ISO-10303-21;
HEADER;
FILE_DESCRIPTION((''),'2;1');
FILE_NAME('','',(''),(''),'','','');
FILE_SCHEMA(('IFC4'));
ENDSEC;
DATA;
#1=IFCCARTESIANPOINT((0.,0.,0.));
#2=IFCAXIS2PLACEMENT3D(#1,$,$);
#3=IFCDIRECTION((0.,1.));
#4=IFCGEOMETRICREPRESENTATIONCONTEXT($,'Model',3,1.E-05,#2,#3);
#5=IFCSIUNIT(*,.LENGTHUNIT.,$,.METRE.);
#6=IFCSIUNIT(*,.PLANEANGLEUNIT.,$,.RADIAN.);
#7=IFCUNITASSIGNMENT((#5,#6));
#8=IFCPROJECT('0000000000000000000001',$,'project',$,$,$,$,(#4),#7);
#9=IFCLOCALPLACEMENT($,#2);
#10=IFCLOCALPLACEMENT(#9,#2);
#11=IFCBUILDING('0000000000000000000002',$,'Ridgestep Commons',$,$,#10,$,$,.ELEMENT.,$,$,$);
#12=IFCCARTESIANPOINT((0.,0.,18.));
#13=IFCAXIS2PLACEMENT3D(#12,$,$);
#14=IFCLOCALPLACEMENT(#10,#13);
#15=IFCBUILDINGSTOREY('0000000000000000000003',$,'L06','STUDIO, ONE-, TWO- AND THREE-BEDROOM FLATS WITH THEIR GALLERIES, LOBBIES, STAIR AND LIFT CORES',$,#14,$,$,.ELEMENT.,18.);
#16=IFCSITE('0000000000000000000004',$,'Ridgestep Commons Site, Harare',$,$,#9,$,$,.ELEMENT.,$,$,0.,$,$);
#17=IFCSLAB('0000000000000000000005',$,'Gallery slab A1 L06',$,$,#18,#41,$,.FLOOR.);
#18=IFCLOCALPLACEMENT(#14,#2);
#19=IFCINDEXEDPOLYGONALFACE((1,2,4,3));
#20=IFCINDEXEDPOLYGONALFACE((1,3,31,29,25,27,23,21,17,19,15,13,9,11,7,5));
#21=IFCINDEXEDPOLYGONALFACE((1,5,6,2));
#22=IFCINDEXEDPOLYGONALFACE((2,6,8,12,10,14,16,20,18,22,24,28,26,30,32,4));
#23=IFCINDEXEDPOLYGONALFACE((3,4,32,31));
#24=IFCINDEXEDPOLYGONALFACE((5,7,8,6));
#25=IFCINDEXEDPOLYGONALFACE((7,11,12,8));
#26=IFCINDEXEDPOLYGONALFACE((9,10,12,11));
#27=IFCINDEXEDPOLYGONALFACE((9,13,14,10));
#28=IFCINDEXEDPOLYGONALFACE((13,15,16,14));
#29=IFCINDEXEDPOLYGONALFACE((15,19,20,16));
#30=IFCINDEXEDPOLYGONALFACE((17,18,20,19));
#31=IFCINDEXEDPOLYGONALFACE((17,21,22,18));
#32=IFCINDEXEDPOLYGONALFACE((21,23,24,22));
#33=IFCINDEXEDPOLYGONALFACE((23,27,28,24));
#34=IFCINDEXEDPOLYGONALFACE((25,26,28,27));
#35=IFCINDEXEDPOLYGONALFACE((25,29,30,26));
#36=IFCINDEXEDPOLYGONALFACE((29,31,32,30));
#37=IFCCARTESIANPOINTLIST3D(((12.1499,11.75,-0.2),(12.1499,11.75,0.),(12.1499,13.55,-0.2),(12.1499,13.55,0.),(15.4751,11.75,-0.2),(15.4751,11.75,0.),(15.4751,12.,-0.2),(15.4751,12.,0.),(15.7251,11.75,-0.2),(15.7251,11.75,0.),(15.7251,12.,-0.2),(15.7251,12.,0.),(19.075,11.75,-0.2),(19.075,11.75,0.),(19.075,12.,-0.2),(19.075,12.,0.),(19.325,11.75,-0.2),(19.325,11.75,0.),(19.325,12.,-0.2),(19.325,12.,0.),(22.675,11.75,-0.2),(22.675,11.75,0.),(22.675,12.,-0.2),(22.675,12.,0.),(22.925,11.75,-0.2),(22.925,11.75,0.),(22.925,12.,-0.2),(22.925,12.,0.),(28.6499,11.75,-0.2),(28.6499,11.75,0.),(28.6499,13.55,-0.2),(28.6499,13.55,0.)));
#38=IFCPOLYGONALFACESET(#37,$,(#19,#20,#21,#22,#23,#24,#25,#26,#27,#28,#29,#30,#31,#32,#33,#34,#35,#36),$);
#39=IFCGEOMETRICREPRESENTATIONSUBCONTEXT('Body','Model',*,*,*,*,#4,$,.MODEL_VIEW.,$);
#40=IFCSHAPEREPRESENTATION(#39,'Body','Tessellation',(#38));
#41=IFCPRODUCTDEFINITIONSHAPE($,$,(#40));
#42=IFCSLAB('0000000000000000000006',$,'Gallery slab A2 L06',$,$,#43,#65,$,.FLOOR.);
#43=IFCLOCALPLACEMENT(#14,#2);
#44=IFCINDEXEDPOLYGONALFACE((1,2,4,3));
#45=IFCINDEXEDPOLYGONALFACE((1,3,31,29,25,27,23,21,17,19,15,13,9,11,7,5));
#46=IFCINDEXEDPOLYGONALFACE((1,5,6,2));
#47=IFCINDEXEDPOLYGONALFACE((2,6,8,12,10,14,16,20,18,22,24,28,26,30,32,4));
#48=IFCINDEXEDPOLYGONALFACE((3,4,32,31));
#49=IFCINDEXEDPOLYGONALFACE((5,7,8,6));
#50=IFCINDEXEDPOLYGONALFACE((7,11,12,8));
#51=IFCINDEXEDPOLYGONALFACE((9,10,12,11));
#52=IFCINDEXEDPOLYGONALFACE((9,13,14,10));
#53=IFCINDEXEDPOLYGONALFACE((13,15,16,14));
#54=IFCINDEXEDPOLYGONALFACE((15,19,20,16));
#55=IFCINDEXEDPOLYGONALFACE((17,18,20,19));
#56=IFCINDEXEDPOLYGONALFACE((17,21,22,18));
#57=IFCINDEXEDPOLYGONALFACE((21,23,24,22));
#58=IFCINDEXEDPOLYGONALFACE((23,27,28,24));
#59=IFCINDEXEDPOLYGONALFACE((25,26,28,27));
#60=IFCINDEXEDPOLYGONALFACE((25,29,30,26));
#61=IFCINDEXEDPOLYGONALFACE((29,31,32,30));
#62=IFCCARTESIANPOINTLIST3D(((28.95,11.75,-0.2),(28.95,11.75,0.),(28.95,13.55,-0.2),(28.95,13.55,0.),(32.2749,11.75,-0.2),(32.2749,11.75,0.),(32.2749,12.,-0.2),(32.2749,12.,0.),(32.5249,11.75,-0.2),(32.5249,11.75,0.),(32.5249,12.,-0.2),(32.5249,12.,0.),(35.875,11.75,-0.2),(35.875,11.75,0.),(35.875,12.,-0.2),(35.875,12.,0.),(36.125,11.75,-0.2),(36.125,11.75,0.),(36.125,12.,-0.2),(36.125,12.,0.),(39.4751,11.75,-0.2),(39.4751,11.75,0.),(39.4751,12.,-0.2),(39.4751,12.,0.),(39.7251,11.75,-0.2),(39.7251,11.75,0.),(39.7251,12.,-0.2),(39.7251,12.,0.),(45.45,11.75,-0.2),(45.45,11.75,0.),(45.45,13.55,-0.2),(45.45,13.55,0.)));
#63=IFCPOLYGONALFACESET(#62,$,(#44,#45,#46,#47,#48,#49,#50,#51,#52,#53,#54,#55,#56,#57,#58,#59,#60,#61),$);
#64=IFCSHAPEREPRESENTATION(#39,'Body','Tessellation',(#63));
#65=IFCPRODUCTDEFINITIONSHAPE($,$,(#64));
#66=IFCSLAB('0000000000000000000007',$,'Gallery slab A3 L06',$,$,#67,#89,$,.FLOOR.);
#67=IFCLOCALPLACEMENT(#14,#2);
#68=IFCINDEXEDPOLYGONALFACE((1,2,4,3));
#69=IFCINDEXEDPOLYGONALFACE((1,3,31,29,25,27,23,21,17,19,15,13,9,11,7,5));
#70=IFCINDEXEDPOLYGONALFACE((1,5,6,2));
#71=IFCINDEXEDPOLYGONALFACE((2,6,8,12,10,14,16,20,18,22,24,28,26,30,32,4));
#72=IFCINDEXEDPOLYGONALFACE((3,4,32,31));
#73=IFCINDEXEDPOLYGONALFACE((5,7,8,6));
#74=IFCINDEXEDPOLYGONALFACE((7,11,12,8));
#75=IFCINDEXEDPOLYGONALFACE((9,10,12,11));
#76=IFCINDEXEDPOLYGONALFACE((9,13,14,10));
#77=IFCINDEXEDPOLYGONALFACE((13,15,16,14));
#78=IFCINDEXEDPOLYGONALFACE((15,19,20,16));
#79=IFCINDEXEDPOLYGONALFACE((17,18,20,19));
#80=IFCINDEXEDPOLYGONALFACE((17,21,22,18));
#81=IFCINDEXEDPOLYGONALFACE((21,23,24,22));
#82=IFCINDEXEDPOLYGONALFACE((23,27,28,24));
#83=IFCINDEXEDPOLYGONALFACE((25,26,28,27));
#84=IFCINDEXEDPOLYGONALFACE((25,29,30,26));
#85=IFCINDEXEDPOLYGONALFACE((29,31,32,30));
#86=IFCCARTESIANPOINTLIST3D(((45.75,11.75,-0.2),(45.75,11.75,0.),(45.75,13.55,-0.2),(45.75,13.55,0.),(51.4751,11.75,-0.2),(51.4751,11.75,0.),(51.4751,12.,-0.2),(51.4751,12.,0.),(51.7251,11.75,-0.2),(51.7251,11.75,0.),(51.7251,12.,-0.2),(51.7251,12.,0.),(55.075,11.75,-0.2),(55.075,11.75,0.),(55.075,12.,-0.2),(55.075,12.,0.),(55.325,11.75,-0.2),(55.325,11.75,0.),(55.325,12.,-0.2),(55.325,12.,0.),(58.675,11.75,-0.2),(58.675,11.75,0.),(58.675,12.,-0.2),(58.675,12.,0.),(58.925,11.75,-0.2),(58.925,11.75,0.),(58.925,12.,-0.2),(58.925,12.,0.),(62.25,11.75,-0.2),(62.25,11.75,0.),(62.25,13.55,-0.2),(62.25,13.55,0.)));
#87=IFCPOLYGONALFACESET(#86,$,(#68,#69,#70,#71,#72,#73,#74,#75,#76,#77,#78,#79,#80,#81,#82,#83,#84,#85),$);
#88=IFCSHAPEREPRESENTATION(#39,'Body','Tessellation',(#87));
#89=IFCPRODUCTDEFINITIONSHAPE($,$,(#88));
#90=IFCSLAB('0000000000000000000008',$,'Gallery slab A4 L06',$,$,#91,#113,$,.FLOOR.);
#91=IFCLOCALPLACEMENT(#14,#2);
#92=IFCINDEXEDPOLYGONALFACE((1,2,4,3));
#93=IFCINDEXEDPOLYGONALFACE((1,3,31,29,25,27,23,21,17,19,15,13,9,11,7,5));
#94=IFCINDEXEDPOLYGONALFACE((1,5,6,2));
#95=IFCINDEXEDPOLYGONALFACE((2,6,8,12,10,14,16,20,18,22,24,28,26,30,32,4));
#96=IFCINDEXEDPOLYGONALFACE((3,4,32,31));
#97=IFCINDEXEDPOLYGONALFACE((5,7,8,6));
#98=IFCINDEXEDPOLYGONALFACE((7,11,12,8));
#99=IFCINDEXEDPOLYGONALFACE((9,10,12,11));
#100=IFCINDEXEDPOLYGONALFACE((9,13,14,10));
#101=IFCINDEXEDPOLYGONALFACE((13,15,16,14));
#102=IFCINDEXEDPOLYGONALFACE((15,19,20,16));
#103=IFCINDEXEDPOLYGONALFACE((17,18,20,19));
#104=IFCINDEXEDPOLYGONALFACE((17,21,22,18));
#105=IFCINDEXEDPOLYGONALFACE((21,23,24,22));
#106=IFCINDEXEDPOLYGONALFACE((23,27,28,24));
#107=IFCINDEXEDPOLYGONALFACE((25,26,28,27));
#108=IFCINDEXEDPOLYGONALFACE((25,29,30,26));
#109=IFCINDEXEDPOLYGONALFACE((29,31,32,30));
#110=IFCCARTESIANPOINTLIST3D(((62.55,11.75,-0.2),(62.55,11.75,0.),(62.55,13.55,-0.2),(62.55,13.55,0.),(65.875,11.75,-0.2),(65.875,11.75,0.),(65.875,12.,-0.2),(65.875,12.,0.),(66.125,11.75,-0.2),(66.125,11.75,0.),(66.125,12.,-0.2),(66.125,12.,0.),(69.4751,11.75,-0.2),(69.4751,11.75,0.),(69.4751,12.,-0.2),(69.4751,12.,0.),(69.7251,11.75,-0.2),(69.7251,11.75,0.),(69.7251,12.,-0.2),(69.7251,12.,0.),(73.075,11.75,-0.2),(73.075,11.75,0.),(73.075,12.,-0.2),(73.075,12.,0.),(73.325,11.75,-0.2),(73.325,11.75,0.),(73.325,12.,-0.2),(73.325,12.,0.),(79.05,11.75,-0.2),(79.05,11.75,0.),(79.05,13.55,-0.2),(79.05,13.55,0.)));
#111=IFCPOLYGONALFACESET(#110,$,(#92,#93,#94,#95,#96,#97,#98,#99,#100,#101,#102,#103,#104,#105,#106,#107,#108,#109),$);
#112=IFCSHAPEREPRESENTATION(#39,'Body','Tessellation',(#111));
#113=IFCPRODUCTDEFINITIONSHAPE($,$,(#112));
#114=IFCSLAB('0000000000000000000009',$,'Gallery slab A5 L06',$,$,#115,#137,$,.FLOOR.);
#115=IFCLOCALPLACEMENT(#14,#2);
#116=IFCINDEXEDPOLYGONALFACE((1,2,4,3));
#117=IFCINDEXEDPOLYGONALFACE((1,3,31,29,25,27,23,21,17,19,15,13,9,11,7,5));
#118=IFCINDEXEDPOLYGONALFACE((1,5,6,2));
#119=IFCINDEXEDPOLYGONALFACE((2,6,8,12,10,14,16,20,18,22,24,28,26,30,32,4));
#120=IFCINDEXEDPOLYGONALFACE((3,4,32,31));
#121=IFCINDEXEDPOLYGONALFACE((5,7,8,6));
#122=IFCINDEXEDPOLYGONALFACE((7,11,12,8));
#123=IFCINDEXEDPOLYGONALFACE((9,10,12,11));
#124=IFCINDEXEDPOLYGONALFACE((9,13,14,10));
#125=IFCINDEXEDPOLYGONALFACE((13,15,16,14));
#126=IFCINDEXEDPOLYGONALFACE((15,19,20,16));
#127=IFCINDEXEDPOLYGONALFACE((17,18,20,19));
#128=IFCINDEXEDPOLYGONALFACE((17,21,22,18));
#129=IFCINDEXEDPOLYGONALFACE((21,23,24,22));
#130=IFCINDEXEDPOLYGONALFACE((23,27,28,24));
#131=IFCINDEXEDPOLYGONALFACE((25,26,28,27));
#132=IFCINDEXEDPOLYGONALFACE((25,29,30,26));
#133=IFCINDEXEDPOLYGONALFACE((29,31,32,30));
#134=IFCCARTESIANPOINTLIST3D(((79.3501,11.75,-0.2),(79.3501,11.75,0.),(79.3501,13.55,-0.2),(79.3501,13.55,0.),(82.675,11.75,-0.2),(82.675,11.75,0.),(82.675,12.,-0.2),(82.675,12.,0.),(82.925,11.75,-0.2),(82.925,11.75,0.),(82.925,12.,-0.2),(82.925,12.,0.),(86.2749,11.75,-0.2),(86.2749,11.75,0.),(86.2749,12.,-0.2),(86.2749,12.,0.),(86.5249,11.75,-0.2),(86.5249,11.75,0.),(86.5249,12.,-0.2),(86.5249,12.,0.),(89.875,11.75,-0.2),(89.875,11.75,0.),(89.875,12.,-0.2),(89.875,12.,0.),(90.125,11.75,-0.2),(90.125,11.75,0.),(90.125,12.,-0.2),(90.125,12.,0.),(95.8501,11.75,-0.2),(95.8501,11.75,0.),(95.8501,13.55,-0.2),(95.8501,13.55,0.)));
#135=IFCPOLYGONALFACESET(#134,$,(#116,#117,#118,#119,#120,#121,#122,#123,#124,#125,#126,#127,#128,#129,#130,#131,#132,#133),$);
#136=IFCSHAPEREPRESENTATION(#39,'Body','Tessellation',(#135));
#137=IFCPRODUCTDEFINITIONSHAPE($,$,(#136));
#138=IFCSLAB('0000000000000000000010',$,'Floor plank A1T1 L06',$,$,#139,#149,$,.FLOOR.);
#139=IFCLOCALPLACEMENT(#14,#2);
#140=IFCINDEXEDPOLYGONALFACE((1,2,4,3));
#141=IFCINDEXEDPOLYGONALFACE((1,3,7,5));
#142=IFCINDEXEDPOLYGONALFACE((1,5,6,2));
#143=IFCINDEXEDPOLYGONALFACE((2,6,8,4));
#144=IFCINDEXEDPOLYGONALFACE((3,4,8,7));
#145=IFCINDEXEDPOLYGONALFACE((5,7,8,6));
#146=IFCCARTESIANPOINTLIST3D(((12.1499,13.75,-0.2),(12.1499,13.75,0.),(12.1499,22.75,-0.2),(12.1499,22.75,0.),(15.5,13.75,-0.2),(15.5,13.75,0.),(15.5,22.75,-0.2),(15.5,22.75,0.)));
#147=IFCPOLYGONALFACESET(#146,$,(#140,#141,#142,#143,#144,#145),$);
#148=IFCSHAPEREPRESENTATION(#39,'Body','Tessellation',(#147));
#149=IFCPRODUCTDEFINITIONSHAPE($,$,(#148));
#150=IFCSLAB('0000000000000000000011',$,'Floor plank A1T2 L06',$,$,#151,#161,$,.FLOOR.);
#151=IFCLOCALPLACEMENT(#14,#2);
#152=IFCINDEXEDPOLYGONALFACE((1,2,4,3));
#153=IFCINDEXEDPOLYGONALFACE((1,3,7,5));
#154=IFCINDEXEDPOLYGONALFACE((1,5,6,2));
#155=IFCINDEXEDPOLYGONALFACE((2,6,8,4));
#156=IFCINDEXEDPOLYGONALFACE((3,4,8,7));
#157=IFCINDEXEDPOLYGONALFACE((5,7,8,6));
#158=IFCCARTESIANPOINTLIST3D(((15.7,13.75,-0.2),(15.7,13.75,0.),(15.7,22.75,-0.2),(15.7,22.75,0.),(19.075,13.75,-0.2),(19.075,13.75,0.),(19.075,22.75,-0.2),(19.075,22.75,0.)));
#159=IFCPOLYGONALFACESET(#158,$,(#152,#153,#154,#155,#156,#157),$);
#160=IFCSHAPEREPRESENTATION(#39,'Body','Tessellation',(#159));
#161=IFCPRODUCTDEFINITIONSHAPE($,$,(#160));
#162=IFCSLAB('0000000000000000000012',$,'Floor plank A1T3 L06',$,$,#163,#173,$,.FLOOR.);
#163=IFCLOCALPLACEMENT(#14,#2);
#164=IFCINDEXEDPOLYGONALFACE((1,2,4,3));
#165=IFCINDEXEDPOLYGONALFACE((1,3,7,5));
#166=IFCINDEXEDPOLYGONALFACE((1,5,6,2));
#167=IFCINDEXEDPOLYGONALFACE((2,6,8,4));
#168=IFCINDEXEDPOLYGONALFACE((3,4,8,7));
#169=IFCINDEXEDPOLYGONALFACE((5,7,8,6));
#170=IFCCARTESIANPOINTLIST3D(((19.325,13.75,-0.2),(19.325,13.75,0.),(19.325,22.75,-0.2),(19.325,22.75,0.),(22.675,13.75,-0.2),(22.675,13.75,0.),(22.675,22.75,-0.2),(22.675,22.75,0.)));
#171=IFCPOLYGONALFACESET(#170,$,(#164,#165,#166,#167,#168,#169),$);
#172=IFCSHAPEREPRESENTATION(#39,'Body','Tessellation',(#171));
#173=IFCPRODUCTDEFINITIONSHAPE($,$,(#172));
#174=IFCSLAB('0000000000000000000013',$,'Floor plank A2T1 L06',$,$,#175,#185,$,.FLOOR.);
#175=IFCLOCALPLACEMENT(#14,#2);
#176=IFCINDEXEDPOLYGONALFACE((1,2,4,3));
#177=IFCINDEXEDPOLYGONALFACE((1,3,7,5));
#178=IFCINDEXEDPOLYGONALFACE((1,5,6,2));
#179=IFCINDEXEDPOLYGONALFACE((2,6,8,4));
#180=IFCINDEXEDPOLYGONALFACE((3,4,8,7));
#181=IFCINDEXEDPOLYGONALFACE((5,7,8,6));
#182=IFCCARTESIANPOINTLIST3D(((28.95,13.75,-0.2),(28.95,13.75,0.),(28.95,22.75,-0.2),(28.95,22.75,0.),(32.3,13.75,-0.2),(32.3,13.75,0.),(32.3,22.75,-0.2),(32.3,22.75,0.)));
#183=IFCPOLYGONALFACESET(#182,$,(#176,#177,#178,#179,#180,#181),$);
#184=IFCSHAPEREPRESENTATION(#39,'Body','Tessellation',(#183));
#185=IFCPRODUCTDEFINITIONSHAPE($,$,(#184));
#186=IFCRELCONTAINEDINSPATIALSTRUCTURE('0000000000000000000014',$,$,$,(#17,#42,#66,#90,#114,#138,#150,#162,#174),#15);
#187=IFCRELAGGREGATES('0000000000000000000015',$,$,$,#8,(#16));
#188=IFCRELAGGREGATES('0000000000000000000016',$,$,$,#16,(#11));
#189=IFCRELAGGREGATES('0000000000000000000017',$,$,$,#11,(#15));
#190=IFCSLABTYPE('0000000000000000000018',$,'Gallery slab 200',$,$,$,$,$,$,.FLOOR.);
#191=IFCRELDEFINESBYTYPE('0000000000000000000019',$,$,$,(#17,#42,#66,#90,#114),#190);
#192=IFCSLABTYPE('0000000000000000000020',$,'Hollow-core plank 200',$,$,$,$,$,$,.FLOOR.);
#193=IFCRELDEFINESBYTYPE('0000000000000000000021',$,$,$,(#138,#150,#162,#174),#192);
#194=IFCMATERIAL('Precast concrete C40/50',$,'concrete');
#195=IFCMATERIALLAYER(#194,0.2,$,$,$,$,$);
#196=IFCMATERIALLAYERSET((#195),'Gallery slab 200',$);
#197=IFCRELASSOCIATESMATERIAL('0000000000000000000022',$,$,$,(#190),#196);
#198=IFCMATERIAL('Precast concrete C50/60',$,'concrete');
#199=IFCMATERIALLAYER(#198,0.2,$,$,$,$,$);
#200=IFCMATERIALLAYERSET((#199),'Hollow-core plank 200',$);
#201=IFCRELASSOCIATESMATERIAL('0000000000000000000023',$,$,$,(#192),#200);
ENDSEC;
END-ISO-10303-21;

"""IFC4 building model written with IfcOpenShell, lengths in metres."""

from ifc_helpers import new_model, si_unit, direction, frame, origin, place, context, subcontext, project, spatial, polyline, outline, extrude, material, layer, layer_set, type_object, element, save


model = new_model("IFC4")

# Units and contexts
model_context = context("Model", 3, precision=1e-05, world=origin(), true_north=direction((0.0, 1.0)))
body_context = subcontext(model_context, "Body", "Model", "MODEL_VIEW")
ifc_project = project(units=[si_unit("LENGTHUNIT", "METRE"), si_unit("PLANEANGLEUNIT", "RADIAN")], contexts=[model_context])

# Site, building, storey
site_placement = place(None, origin())
site = spatial("IfcSite", under=ifc_project, at=site_placement, Name="Ridgestep Commons Site, Harare", CompositionType="ELEMENT", RefElevation=0.0)
building_placement = place(site_placement, origin())
building = spatial("IfcBuilding", under=site, at=building_placement, Name="Ridgestep Commons", CompositionType="ELEMENT")
storey_placement = place(building_placement, frame((0.0, 0.0, 18.0)))
storey = spatial("IfcBuildingStorey", under=building, at=storey_placement, Name="L06", Description="STUDIO, ONE-, TWO- AND THREE-BEDROOM FLATS WITH THEIR GALLERIES, LOBBIES, STAIR AND LIFT CORES", CompositionType="ELEMENT", Elevation=18.0)

# Slabs
ifc_material_1 = material(Name="Precast concrete C40/50", Category="concrete")
ifc_layer_1 = layer(ifc_material_1, 0.2)
ifc_layer_set_1 = layer_set([ifc_layer_1], Name="Gallery slab 200")
slab_type_1 = type_object("IfcSlabType", Name="Gallery slab 200", PredefinedType="FLOOR", material=ifc_layer_set_1)
slab_1_placement = place(storey_placement, frame((0.0, 0.0, -0.2)))
element("IfcSlab", 1, at=slab_1_placement, inside=storey, type_object=slab_type_1, Name="Gallery slab A1 L06", PredefinedType="FLOOR", context=body_context, shape_type="SweptSolid", body=[
    extrude(outline(polyline([(28.6499, 13.55), (12.1499, 13.55), (12.1499, 11.75), (15.4751, 11.75), (15.4751, 12.0), (15.7251, 12.0), (15.7251, 11.75), (19.075, 11.75), (19.075, 12.0), (19.325, 12.0), (19.325, 11.75), (22.675, 11.75), (22.675, 12.0), (22.925, 12.0), (22.925, 11.75), (28.6499, 11.75), (28.6499, 13.55)])), origin(), (0.0, 0.0, 1.0), 0.2),
])
slab_2_placement = place(storey_placement, frame((0.0, 0.0, -0.2)))
element("IfcSlab", 2, at=slab_2_placement, inside=storey, type_object=slab_type_1, Name="Gallery slab A2 L06", PredefinedType="FLOOR", context=body_context, shape_type="SweptSolid", body=[
    extrude(outline(polyline([(45.45, 13.55), (28.95, 13.55), (28.95, 11.75), (32.2749, 11.75), (32.2749, 12.0), (32.5249, 12.0), (32.5249, 11.75), (35.875, 11.75), (35.875, 12.0), (36.125, 12.0), (36.125, 11.75), (39.4751, 11.75), (39.4751, 12.0), (39.7251, 12.0), (39.7251, 11.75), (45.45, 11.75), (45.45, 13.55)])), origin(), (0.0, 0.0, 1.0), 0.2),
])
slab_3_placement = place(storey_placement, frame((0.0, 0.0, -0.2)))
element("IfcSlab", 3, at=slab_3_placement, inside=storey, type_object=slab_type_1, Name="Gallery slab A3 L06", PredefinedType="FLOOR", context=body_context, shape_type="SweptSolid", body=[
    extrude(outline(polyline([(62.25, 13.55), (45.75, 13.55), (45.75, 11.75), (51.4751, 11.75), (51.4751, 12.0), (51.7251, 12.0), (51.7251, 11.75), (55.075, 11.75), (55.075, 12.0), (55.325, 12.0), (55.325, 11.75), (58.675, 11.75), (58.675, 12.0), (58.925, 12.0), (58.925, 11.75), (62.25, 11.75), (62.25, 13.55)])), origin(), (0.0, 0.0, 1.0), 0.2),
])
slab_4_placement = place(storey_placement, frame((0.0, 0.0, -0.2)))
element("IfcSlab", 4, at=slab_4_placement, inside=storey, type_object=slab_type_1, Name="Gallery slab A4 L06", PredefinedType="FLOOR", context=body_context, shape_type="SweptSolid", body=[
    extrude(outline(polyline([(79.05, 13.55), (62.55, 13.55), (62.55, 11.75), (65.875, 11.75), (65.875, 12.0), (66.125, 12.0), (66.125, 11.75), (69.4751, 11.75), (69.4751, 12.0), (69.7251, 12.0), (69.7251, 11.75), (73.075, 11.75), (73.075, 12.0), (73.325, 12.0), (73.325, 11.75), (79.05, 11.75), (79.05, 13.55)])), origin(), (0.0, 0.0, 1.0), 0.2),
])
slab_5_placement = place(storey_placement, frame((0.0, 0.0, -0.2)))
element("IfcSlab", 5, at=slab_5_placement, inside=storey, type_object=slab_type_1, Name="Gallery slab A5 L06", PredefinedType="FLOOR", context=body_context, shape_type="SweptSolid", body=[
    extrude(outline(polyline([(95.8501, 13.55), (79.3501, 13.55), (79.3501, 11.75), (82.675, 11.75), (82.675, 12.0), (82.925, 12.0), (82.925, 11.75), (86.2749, 11.75), (86.2749, 12.0), (86.5249, 12.0), (86.5249, 11.75), (89.875, 11.75), (89.875, 12.0), (90.125, 12.0), (90.125, 11.75), (95.8501, 11.75), (95.8501, 13.55)])), origin(), (0.0, 0.0, 1.0), 0.2),
])
ifc_material_2 = material(Name="Precast concrete C50/60", Category="concrete")
ifc_layer_2 = layer(ifc_material_2, 0.2)
ifc_layer_set_2 = layer_set([ifc_layer_2], Name="Hollow-core plank 200")
slab_type_2 = type_object("IfcSlabType", Name="Hollow-core plank 200", PredefinedType="FLOOR", material=ifc_layer_set_2)
slab_6_placement = place(storey_placement, frame((0.0, 0.0, -0.2)))
element("IfcSlab", 6, at=slab_6_placement, inside=storey, type_object=slab_type_2, Name="Floor plank A1T1 L06", PredefinedType="FLOOR", context=body_context, shape_type="SweptSolid", body=[
    extrude(outline(polyline([(15.5, 13.75), (15.5, 22.75), (12.1499, 22.75), (12.1499, 13.75), (15.5, 13.75)])), origin(), (0.0, 0.0, 1.0), 0.2),
])
slab_7_placement = place(storey_placement, frame((0.0, 0.0, -0.2)))
element("IfcSlab", 7, at=slab_7_placement, inside=storey, type_object=slab_type_2, Name="Floor plank A1T2 L06", PredefinedType="FLOOR", context=body_context, shape_type="SweptSolid", body=[
    extrude(outline(polyline([(19.075, 13.75), (19.075, 22.75), (15.7, 22.75), (15.7, 13.75), (19.075, 13.75)])), origin(), (0.0, 0.0, 1.0), 0.2),
])
slab_8_placement = place(storey_placement, frame((0.0, 0.0, -0.2)))
element("IfcSlab", 8, at=slab_8_placement, inside=storey, type_object=slab_type_2, Name="Floor plank A1T3 L06", PredefinedType="FLOOR", context=body_context, shape_type="SweptSolid", body=[
    extrude(outline(polyline([(22.675, 13.75), (22.675, 22.75), (19.325, 22.75), (19.325, 13.75), (22.675, 13.75)])), origin(), (0.0, 0.0, 1.0), 0.2),
])
slab_9_placement = place(storey_placement, frame((0.0, 0.0, -0.2)))
element("IfcSlab", 9, at=slab_9_placement, inside=storey, type_object=slab_type_2, Name="Floor plank A2T1 L06", PredefinedType="FLOOR", context=body_context, shape_type="SweptSolid", body=[
    extrude(outline(polyline([(32.3, 13.75), (32.3, 22.75), (28.95, 22.75), (28.95, 13.75), (32.3, 13.75)])), origin(), (0.0, 0.0, 1.0), 0.2),
])

save(model, "model.ifc")
